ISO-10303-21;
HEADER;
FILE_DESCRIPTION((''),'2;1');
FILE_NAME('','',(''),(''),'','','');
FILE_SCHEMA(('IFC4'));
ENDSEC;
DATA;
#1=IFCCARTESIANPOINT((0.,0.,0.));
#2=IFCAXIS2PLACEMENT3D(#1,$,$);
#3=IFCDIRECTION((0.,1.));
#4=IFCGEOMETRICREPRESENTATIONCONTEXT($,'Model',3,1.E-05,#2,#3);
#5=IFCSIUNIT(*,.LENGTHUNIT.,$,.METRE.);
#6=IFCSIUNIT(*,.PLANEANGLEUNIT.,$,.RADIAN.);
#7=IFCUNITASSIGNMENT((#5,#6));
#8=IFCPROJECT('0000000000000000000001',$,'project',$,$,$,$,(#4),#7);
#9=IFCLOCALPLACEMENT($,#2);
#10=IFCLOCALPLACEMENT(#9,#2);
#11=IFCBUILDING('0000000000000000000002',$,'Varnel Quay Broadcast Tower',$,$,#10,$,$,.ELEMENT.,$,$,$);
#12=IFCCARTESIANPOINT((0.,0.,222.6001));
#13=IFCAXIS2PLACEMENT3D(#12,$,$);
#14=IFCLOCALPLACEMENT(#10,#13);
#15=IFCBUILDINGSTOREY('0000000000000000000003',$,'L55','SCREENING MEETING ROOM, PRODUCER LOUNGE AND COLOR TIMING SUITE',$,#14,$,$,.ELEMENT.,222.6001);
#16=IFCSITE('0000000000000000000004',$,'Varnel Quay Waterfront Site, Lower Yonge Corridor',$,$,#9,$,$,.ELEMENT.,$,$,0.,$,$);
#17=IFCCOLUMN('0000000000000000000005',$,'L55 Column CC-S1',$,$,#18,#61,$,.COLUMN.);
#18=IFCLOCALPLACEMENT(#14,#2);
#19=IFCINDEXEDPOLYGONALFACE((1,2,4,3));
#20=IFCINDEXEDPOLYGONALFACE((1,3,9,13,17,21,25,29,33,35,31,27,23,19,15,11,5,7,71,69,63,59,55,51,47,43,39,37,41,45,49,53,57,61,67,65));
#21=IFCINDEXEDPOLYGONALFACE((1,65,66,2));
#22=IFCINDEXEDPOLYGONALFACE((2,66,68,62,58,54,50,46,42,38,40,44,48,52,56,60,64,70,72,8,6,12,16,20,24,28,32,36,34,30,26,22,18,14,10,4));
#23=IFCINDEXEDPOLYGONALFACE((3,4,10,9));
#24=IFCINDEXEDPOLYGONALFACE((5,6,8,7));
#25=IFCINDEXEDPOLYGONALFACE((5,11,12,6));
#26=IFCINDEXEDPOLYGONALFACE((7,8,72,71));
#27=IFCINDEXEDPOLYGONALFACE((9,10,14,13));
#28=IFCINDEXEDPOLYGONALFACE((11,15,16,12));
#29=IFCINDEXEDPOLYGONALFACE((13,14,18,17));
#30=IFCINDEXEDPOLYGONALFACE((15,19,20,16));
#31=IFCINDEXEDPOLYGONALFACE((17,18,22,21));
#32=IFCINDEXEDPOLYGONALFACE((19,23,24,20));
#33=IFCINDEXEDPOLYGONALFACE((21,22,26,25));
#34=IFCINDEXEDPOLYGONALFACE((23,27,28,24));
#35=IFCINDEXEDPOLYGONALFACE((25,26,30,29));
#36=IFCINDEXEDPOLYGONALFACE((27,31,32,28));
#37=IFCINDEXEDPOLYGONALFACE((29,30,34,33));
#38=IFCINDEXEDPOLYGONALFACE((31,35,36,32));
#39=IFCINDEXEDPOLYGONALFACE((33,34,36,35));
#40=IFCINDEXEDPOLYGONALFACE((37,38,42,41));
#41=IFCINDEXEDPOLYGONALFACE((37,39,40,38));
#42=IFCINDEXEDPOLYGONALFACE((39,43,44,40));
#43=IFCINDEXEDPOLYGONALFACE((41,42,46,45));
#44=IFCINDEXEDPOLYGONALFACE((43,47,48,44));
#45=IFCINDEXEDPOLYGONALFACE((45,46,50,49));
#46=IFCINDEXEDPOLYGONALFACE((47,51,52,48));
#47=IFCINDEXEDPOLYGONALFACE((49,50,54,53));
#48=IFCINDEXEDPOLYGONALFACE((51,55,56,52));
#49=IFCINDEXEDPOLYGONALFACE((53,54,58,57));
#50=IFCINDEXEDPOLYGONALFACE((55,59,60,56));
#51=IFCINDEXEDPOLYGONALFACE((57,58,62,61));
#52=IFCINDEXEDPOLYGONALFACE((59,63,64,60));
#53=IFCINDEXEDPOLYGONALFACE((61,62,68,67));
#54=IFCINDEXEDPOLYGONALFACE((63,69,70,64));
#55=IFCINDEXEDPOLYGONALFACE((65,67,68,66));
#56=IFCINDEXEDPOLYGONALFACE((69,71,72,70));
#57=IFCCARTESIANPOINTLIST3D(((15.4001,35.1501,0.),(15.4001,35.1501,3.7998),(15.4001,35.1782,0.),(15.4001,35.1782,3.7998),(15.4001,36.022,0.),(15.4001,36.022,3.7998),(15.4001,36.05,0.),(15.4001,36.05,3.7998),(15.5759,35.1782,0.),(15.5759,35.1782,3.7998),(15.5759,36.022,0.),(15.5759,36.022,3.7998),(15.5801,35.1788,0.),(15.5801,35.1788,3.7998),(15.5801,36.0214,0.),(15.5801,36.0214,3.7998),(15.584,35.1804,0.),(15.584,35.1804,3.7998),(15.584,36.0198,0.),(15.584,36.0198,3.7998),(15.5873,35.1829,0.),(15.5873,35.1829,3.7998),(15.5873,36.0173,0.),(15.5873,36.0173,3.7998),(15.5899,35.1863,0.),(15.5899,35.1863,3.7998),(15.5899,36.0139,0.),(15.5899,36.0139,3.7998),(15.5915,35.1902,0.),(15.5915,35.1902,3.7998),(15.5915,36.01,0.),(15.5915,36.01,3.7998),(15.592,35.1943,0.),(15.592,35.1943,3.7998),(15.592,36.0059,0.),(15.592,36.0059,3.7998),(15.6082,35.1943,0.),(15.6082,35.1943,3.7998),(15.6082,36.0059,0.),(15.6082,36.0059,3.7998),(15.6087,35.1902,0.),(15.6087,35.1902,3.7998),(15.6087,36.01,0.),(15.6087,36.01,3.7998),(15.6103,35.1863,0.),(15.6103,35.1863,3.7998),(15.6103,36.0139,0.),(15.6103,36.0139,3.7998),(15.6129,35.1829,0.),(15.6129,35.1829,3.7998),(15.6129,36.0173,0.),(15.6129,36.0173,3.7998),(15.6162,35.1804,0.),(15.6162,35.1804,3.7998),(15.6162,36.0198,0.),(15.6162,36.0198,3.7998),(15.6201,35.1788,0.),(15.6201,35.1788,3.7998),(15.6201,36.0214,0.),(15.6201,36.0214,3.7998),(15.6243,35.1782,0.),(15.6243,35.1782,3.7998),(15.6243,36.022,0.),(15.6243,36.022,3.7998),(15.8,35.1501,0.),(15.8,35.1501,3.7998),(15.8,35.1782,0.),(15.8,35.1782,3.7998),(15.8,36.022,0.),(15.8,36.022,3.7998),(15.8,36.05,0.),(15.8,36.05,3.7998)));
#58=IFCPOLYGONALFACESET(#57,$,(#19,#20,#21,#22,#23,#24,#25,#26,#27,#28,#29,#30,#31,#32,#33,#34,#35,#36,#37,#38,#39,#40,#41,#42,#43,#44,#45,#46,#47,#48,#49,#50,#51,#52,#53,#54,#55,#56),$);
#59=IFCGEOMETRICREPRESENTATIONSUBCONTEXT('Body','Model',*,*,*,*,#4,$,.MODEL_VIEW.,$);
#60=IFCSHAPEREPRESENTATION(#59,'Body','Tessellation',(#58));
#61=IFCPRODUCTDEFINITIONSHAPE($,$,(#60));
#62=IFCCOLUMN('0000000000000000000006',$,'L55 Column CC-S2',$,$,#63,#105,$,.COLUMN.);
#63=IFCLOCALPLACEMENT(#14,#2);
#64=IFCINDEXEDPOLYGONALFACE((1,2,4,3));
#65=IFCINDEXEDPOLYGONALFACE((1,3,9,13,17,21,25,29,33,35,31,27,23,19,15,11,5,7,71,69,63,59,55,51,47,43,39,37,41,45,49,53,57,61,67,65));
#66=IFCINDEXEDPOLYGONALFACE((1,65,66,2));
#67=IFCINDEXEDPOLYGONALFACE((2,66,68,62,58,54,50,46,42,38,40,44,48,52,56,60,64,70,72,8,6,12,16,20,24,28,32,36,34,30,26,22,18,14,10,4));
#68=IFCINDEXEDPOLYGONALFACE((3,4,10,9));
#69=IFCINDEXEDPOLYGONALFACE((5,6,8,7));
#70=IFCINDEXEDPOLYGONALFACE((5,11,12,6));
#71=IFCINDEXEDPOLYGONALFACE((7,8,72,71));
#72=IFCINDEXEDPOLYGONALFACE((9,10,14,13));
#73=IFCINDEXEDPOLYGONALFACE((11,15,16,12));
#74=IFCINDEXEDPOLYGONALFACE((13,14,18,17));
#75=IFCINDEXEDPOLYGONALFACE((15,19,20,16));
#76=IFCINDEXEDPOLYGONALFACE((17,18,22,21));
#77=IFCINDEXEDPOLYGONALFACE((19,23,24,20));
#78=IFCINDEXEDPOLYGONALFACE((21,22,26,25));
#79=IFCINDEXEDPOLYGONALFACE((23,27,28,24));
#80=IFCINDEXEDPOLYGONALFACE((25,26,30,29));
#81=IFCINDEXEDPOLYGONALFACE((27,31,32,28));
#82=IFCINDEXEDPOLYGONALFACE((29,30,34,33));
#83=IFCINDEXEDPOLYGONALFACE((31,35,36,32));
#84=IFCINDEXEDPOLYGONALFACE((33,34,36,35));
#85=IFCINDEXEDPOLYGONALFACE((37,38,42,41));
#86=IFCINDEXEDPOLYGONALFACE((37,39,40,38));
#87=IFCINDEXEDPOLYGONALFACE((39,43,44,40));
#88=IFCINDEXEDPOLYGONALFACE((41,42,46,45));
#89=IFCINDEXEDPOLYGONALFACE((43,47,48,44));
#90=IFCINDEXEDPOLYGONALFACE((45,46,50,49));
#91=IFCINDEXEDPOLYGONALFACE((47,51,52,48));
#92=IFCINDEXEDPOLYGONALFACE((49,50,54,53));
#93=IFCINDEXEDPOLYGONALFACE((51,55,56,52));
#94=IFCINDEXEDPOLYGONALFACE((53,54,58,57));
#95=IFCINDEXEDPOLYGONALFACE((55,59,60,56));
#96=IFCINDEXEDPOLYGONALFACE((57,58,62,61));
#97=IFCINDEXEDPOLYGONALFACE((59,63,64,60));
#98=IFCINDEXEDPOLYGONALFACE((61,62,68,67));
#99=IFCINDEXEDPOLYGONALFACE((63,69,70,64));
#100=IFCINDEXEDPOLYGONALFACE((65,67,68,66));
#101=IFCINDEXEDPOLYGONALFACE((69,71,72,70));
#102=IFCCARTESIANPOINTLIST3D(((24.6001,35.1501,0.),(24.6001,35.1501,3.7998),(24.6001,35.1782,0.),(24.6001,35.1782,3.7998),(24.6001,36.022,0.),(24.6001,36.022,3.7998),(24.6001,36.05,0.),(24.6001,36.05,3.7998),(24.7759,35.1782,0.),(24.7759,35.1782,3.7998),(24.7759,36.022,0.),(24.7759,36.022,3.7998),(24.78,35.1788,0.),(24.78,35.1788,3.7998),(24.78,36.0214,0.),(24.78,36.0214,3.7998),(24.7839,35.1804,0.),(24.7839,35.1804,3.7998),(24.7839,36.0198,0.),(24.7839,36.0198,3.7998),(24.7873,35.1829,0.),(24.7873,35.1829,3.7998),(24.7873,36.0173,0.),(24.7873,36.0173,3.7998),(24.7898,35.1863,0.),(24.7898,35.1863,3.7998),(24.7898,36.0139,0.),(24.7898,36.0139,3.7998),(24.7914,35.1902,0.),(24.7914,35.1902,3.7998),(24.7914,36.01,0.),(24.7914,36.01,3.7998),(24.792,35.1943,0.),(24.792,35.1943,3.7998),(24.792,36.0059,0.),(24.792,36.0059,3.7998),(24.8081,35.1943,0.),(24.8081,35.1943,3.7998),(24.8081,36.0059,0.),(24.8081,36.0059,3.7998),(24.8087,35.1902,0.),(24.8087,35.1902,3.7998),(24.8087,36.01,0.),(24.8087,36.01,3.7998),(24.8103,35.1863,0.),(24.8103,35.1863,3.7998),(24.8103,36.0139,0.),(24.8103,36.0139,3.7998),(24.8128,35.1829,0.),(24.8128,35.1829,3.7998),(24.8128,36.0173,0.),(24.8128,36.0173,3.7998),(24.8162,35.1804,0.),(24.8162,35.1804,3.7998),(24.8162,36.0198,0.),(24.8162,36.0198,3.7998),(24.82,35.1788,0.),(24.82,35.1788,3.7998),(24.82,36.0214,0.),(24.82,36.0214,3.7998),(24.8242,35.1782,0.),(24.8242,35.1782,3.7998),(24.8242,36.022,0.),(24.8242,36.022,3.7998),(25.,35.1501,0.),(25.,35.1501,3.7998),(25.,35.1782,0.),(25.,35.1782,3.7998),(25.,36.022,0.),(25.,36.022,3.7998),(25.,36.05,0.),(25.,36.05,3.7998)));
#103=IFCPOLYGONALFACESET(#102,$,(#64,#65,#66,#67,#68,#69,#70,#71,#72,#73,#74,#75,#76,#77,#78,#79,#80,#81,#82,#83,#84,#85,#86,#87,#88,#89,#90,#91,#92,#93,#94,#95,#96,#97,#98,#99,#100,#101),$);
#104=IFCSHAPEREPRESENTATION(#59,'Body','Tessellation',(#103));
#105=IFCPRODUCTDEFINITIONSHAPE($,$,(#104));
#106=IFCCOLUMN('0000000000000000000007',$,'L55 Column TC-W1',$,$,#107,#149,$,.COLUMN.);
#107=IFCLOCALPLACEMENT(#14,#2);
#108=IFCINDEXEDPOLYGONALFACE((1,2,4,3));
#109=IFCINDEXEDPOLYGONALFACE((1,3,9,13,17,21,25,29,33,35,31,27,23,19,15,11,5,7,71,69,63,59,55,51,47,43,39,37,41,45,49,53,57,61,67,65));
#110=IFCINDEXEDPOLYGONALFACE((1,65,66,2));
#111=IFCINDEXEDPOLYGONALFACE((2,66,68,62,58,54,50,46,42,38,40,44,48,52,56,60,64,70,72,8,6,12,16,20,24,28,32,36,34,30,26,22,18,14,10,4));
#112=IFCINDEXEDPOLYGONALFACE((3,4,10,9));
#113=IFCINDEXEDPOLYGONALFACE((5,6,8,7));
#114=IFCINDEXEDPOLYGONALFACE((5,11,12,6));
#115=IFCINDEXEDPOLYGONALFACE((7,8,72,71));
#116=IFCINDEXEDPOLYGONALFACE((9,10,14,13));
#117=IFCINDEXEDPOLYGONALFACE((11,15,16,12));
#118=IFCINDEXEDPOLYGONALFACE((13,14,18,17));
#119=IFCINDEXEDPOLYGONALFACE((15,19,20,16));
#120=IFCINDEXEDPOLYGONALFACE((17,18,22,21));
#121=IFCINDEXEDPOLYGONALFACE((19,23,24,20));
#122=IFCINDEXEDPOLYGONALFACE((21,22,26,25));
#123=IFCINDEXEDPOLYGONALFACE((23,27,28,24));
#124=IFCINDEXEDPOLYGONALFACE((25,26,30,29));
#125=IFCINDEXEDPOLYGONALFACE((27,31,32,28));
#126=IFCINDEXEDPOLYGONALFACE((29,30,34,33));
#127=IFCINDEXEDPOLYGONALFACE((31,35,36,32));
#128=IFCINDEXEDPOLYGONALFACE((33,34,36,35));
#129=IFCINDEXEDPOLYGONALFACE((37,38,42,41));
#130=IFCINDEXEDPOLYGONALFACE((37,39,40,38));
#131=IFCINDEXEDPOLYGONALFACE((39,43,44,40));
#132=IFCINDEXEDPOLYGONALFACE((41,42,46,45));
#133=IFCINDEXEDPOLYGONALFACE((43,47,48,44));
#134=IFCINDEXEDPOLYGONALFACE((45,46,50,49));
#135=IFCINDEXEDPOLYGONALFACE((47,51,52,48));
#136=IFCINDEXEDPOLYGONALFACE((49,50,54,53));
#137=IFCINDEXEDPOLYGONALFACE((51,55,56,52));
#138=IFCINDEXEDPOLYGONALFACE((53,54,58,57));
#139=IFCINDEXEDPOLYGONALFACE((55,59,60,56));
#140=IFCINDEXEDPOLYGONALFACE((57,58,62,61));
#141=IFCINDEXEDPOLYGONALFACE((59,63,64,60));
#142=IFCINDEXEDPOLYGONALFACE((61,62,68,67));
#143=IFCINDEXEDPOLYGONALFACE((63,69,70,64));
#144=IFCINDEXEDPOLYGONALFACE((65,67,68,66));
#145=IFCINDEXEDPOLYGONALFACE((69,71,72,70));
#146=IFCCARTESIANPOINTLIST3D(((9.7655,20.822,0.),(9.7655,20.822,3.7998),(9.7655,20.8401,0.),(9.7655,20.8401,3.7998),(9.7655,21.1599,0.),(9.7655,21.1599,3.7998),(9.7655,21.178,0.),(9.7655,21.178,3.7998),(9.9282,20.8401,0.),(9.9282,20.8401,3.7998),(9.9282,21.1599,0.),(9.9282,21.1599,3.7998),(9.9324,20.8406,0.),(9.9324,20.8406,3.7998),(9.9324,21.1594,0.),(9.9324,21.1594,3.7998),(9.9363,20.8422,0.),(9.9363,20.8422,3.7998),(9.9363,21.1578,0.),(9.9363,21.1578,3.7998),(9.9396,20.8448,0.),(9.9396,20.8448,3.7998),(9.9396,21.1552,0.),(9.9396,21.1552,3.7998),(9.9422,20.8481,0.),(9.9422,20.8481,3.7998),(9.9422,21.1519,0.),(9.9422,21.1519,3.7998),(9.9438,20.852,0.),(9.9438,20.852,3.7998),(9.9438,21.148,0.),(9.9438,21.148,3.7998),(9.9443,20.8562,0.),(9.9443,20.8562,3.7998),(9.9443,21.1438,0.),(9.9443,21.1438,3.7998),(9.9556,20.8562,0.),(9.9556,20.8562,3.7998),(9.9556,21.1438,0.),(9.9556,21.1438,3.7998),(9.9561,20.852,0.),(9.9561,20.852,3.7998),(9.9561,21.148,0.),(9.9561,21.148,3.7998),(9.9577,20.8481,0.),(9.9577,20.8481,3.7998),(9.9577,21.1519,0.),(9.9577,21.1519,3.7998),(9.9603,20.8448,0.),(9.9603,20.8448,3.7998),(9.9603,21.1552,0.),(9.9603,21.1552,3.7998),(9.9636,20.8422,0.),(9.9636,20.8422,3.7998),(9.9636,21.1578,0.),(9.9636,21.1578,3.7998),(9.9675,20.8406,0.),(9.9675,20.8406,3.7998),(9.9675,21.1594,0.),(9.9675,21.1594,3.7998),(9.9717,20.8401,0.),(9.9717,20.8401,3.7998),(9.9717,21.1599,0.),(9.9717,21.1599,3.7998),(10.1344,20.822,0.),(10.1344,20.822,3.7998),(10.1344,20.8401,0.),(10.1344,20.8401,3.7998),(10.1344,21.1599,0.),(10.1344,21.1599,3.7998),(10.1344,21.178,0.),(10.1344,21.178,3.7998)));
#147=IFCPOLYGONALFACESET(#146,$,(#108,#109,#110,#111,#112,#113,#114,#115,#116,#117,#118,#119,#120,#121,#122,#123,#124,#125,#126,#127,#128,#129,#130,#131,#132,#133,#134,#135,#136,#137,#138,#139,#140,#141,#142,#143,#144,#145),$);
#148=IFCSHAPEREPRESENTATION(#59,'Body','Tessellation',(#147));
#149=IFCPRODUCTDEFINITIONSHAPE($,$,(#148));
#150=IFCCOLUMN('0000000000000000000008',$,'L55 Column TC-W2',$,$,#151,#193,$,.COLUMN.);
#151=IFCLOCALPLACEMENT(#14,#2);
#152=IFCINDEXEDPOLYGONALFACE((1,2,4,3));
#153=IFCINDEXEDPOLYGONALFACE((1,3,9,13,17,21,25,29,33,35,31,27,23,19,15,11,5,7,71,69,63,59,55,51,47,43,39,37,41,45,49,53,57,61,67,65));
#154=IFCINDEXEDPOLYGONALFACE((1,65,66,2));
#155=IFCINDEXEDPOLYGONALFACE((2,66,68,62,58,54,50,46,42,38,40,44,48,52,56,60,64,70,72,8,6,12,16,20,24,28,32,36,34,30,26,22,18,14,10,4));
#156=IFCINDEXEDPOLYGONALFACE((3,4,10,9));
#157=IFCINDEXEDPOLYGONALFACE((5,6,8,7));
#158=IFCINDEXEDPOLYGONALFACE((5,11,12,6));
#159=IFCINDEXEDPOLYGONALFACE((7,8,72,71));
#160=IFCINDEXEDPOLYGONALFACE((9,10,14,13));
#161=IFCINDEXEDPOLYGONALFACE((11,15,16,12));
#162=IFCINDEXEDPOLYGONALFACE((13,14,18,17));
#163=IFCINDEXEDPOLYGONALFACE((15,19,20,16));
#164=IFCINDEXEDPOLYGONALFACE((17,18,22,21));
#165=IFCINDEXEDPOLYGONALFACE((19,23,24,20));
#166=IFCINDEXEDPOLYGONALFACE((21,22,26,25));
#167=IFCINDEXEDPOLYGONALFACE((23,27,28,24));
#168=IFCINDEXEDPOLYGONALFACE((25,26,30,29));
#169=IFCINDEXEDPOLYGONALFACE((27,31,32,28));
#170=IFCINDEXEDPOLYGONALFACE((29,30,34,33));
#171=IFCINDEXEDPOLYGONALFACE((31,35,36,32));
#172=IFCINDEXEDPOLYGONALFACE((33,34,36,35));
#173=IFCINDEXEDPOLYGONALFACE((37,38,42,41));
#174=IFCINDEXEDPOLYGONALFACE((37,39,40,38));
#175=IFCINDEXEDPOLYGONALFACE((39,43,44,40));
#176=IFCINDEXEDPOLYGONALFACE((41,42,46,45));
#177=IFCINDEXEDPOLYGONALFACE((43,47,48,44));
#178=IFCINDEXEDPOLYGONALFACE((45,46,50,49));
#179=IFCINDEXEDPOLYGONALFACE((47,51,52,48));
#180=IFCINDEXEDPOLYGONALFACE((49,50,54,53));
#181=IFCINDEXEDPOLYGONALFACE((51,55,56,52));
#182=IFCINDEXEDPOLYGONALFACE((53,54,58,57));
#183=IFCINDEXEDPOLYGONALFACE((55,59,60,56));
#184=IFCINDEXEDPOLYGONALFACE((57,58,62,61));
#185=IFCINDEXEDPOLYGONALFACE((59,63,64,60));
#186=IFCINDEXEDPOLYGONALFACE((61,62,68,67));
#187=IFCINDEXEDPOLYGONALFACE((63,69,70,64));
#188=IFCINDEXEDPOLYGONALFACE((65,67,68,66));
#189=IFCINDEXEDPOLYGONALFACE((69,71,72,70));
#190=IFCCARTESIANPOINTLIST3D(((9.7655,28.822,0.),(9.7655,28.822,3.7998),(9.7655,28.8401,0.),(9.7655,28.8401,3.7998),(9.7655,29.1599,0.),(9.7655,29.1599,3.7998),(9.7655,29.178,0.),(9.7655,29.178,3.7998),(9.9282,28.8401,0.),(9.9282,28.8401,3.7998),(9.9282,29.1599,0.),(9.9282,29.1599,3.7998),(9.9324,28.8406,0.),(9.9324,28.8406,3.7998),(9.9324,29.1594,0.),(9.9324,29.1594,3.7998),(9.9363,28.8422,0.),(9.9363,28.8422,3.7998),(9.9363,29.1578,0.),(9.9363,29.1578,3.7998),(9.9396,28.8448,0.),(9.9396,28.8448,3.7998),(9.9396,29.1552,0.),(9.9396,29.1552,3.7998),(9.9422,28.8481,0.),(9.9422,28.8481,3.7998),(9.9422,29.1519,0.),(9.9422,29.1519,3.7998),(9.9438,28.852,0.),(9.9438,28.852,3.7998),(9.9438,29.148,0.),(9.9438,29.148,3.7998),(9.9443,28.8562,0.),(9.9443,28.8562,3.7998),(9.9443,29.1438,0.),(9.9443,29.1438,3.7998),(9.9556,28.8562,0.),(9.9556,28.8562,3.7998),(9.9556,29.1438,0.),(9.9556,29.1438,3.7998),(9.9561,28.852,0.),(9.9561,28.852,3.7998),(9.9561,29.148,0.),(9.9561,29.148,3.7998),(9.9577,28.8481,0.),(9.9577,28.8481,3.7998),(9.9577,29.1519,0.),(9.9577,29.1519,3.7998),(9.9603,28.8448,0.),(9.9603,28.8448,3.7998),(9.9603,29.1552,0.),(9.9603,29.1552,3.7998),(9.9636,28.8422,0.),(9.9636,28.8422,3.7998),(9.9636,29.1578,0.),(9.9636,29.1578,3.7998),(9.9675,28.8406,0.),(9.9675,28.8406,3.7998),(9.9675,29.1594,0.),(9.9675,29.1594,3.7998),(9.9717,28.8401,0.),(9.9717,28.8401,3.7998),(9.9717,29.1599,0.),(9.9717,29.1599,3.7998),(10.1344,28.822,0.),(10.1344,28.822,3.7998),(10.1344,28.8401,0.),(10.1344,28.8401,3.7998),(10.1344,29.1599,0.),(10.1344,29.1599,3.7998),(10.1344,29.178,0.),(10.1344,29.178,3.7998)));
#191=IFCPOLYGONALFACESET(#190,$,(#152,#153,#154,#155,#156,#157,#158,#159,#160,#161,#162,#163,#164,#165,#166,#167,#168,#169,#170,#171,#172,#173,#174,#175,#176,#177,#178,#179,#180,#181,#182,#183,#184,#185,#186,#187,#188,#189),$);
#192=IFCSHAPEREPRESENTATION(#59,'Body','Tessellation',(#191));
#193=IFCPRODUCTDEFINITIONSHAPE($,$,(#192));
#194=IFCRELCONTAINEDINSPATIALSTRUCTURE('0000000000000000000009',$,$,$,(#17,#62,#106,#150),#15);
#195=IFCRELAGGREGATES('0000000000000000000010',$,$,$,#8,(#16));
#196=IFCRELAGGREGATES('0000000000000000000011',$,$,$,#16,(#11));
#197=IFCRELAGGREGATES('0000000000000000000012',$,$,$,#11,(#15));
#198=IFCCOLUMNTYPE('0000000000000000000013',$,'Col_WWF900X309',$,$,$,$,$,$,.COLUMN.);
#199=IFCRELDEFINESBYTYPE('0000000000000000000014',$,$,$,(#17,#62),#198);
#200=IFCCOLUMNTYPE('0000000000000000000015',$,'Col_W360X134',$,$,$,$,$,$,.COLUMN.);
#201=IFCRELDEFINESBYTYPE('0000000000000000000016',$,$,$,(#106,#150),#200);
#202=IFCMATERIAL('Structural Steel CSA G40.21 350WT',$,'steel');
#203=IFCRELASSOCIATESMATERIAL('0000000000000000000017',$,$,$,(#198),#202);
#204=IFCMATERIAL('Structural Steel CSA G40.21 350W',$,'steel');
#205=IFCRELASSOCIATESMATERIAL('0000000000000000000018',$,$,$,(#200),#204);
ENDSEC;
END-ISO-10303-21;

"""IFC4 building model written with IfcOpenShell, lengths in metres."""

from ifc_helpers import new_model, si_unit, direction, frame, origin, origin_2d, place, context, subcontext, project, spatial, i_section, extrude, source, transform, mapped, material, material_profile, profile_set, type_object, type_shapes, element, save


model = new_model("IFC4")

# Units and contexts
model_context = context("Model", 3, precision=1e-05, world=origin(), true_north=direction((0.0, 1.0)))
body_context = subcontext(model_context, "Body", "Model", "MODEL_VIEW")
ifc_project = project(units=[si_unit("LENGTHUNIT", "METRE"), si_unit("PLANEANGLEUNIT", "RADIAN")], contexts=[model_context])

# Site, building, storey
site_placement = place(None, origin())
site = spatial("IfcSite", under=ifc_project, at=site_placement, Name="Varnel Quay Waterfront Site, Lower Yonge Corridor", CompositionType="ELEMENT", RefElevation=0.0)
building_placement = place(site_placement, origin())
building = spatial("IfcBuilding", under=site, at=building_placement, Name="Varnel Quay Broadcast Tower", CompositionType="ELEMENT")
storey_placement = place(building_placement, frame((0.0, 0.0, 222.6001)))
storey = spatial("IfcBuildingStorey", under=building, at=storey_placement, Name="L55", Description="SCREENING MEETING ROOM, PRODUCER LOUNGE AND COLOR TIMING SUITE", CompositionType="ELEMENT", Elevation=222.6001)

# Columns
ifc_material_1 = material(Name="Structural Steel CSA G40.21 350WT", Category="steel")
ifc_material_profile_1 = material_profile(ifc_material_1, i_section(OverallWidth=0.3999, OverallDepth=0.8999, WebThickness=0.0161, FlangeThickness=0.0281, FilletRadius=0.0161, at=origin_2d()), Name="WWF900X309")
ifc_profile_set_1 = profile_set([ifc_material_profile_1], Name="Structural Steel CSA G40.21 350WT")
column_type_1 = type_object("IfcColumnType", Name="Col_WWF900X309", PredefinedType="COLUMN", material=ifc_profile_set_1)
shared_shape_1 = source(origin(), body_context, "Body", "SweptSolid", [
    extrude(i_section(OverallWidth=0.3999, OverallDepth=0.8999, WebThickness=0.0161, FlangeThickness=0.0281, FilletRadius=0.0161, at=origin_2d()), origin(), (0.0, 0.0, 1.0), 3.7998),
])
type_shapes(column_type_1, [shared_shape_1])
for number, where, z_axis, x_axis, name in (
    (1, (15.6001, 35.6001, 0.0), (0.0, 0.0, 1.0), (1.0, 0.0, 0.0), "L55 Column CC-S1"),
    (2, (24.8, 35.6001, 0.0), (0.0, 0.0, 1.0), (1.0, 0.0, 0.0), "L55 Column CC-S2"),
):
    element("IfcColumn", number, at=place(storey_placement, frame(where, z_axis=z_axis, x_axis=x_axis)), inside=storey, type_object=column_type_1, Name=name, PredefinedType="COLUMN", context=body_context, shape_type="MappedRepresentation", body=[
        mapped(shared_shape_1, transform((0.0, 0.0, 0.0), x_axis=(1.0, 0.0, 0.0), y_axis=(0.0, 1.0, 0.0), z_axis=(0.0, 0.0, 1.0), scale=1.0)),
    ])
ifc_material_2 = material(Name="Structural Steel CSA G40.21 350W", Category="steel")
ifc_material_profile_2 = material_profile(ifc_material_2, i_section(OverallWidth=0.3689, OverallDepth=0.356, WebThickness=0.0112, FlangeThickness=0.0181, FilletRadius=0.0161, at=origin_2d()), Name="W360X134")
ifc_profile_set_2 = profile_set([ifc_material_profile_2], Name="Structural Steel CSA G40.21 350W")
column_type_2 = type_object("IfcColumnType", Name="Col_W360X134", PredefinedType="COLUMN", material=ifc_profile_set_2)
shared_shape_2 = source(origin(), body_context, "Body", "SweptSolid", [
    extrude(i_section(OverallWidth=0.3689, OverallDepth=0.356, WebThickness=0.0112, FlangeThickness=0.0181, FilletRadius=0.0161, at=origin_2d()), origin(), (0.0, 0.0, 1.0), 3.7998),
])
type_shapes(column_type_2, [shared_shape_2])
for number, where, z_axis, x_axis, name in (
    (3, (9.95, 21.0, 0.0), (0.0, 0.0, 1.0), (1.0, 0.0, 0.0), "L55 Column TC-W1"),
    (4, (9.95, 29.0, 0.0), (0.0, 0.0, 1.0), (1.0, 0.0, 0.0), "L55 Column TC-W2"),
):
    element("IfcColumn", number, at=place(storey_placement, frame(where, z_axis=z_axis, x_axis=x_axis)), inside=storey, type_object=column_type_2, Name=name, PredefinedType="COLUMN", context=body_context, shape_type="MappedRepresentation", body=[
        mapped(shared_shape_2, transform((0.0, 0.0, 0.0), x_axis=(1.0, 0.0, 0.0), y_axis=(0.0, 1.0, 0.0), z_axis=(0.0, 0.0, 1.0), scale=1.0)),
    ])

save(model, "model.ifc")
